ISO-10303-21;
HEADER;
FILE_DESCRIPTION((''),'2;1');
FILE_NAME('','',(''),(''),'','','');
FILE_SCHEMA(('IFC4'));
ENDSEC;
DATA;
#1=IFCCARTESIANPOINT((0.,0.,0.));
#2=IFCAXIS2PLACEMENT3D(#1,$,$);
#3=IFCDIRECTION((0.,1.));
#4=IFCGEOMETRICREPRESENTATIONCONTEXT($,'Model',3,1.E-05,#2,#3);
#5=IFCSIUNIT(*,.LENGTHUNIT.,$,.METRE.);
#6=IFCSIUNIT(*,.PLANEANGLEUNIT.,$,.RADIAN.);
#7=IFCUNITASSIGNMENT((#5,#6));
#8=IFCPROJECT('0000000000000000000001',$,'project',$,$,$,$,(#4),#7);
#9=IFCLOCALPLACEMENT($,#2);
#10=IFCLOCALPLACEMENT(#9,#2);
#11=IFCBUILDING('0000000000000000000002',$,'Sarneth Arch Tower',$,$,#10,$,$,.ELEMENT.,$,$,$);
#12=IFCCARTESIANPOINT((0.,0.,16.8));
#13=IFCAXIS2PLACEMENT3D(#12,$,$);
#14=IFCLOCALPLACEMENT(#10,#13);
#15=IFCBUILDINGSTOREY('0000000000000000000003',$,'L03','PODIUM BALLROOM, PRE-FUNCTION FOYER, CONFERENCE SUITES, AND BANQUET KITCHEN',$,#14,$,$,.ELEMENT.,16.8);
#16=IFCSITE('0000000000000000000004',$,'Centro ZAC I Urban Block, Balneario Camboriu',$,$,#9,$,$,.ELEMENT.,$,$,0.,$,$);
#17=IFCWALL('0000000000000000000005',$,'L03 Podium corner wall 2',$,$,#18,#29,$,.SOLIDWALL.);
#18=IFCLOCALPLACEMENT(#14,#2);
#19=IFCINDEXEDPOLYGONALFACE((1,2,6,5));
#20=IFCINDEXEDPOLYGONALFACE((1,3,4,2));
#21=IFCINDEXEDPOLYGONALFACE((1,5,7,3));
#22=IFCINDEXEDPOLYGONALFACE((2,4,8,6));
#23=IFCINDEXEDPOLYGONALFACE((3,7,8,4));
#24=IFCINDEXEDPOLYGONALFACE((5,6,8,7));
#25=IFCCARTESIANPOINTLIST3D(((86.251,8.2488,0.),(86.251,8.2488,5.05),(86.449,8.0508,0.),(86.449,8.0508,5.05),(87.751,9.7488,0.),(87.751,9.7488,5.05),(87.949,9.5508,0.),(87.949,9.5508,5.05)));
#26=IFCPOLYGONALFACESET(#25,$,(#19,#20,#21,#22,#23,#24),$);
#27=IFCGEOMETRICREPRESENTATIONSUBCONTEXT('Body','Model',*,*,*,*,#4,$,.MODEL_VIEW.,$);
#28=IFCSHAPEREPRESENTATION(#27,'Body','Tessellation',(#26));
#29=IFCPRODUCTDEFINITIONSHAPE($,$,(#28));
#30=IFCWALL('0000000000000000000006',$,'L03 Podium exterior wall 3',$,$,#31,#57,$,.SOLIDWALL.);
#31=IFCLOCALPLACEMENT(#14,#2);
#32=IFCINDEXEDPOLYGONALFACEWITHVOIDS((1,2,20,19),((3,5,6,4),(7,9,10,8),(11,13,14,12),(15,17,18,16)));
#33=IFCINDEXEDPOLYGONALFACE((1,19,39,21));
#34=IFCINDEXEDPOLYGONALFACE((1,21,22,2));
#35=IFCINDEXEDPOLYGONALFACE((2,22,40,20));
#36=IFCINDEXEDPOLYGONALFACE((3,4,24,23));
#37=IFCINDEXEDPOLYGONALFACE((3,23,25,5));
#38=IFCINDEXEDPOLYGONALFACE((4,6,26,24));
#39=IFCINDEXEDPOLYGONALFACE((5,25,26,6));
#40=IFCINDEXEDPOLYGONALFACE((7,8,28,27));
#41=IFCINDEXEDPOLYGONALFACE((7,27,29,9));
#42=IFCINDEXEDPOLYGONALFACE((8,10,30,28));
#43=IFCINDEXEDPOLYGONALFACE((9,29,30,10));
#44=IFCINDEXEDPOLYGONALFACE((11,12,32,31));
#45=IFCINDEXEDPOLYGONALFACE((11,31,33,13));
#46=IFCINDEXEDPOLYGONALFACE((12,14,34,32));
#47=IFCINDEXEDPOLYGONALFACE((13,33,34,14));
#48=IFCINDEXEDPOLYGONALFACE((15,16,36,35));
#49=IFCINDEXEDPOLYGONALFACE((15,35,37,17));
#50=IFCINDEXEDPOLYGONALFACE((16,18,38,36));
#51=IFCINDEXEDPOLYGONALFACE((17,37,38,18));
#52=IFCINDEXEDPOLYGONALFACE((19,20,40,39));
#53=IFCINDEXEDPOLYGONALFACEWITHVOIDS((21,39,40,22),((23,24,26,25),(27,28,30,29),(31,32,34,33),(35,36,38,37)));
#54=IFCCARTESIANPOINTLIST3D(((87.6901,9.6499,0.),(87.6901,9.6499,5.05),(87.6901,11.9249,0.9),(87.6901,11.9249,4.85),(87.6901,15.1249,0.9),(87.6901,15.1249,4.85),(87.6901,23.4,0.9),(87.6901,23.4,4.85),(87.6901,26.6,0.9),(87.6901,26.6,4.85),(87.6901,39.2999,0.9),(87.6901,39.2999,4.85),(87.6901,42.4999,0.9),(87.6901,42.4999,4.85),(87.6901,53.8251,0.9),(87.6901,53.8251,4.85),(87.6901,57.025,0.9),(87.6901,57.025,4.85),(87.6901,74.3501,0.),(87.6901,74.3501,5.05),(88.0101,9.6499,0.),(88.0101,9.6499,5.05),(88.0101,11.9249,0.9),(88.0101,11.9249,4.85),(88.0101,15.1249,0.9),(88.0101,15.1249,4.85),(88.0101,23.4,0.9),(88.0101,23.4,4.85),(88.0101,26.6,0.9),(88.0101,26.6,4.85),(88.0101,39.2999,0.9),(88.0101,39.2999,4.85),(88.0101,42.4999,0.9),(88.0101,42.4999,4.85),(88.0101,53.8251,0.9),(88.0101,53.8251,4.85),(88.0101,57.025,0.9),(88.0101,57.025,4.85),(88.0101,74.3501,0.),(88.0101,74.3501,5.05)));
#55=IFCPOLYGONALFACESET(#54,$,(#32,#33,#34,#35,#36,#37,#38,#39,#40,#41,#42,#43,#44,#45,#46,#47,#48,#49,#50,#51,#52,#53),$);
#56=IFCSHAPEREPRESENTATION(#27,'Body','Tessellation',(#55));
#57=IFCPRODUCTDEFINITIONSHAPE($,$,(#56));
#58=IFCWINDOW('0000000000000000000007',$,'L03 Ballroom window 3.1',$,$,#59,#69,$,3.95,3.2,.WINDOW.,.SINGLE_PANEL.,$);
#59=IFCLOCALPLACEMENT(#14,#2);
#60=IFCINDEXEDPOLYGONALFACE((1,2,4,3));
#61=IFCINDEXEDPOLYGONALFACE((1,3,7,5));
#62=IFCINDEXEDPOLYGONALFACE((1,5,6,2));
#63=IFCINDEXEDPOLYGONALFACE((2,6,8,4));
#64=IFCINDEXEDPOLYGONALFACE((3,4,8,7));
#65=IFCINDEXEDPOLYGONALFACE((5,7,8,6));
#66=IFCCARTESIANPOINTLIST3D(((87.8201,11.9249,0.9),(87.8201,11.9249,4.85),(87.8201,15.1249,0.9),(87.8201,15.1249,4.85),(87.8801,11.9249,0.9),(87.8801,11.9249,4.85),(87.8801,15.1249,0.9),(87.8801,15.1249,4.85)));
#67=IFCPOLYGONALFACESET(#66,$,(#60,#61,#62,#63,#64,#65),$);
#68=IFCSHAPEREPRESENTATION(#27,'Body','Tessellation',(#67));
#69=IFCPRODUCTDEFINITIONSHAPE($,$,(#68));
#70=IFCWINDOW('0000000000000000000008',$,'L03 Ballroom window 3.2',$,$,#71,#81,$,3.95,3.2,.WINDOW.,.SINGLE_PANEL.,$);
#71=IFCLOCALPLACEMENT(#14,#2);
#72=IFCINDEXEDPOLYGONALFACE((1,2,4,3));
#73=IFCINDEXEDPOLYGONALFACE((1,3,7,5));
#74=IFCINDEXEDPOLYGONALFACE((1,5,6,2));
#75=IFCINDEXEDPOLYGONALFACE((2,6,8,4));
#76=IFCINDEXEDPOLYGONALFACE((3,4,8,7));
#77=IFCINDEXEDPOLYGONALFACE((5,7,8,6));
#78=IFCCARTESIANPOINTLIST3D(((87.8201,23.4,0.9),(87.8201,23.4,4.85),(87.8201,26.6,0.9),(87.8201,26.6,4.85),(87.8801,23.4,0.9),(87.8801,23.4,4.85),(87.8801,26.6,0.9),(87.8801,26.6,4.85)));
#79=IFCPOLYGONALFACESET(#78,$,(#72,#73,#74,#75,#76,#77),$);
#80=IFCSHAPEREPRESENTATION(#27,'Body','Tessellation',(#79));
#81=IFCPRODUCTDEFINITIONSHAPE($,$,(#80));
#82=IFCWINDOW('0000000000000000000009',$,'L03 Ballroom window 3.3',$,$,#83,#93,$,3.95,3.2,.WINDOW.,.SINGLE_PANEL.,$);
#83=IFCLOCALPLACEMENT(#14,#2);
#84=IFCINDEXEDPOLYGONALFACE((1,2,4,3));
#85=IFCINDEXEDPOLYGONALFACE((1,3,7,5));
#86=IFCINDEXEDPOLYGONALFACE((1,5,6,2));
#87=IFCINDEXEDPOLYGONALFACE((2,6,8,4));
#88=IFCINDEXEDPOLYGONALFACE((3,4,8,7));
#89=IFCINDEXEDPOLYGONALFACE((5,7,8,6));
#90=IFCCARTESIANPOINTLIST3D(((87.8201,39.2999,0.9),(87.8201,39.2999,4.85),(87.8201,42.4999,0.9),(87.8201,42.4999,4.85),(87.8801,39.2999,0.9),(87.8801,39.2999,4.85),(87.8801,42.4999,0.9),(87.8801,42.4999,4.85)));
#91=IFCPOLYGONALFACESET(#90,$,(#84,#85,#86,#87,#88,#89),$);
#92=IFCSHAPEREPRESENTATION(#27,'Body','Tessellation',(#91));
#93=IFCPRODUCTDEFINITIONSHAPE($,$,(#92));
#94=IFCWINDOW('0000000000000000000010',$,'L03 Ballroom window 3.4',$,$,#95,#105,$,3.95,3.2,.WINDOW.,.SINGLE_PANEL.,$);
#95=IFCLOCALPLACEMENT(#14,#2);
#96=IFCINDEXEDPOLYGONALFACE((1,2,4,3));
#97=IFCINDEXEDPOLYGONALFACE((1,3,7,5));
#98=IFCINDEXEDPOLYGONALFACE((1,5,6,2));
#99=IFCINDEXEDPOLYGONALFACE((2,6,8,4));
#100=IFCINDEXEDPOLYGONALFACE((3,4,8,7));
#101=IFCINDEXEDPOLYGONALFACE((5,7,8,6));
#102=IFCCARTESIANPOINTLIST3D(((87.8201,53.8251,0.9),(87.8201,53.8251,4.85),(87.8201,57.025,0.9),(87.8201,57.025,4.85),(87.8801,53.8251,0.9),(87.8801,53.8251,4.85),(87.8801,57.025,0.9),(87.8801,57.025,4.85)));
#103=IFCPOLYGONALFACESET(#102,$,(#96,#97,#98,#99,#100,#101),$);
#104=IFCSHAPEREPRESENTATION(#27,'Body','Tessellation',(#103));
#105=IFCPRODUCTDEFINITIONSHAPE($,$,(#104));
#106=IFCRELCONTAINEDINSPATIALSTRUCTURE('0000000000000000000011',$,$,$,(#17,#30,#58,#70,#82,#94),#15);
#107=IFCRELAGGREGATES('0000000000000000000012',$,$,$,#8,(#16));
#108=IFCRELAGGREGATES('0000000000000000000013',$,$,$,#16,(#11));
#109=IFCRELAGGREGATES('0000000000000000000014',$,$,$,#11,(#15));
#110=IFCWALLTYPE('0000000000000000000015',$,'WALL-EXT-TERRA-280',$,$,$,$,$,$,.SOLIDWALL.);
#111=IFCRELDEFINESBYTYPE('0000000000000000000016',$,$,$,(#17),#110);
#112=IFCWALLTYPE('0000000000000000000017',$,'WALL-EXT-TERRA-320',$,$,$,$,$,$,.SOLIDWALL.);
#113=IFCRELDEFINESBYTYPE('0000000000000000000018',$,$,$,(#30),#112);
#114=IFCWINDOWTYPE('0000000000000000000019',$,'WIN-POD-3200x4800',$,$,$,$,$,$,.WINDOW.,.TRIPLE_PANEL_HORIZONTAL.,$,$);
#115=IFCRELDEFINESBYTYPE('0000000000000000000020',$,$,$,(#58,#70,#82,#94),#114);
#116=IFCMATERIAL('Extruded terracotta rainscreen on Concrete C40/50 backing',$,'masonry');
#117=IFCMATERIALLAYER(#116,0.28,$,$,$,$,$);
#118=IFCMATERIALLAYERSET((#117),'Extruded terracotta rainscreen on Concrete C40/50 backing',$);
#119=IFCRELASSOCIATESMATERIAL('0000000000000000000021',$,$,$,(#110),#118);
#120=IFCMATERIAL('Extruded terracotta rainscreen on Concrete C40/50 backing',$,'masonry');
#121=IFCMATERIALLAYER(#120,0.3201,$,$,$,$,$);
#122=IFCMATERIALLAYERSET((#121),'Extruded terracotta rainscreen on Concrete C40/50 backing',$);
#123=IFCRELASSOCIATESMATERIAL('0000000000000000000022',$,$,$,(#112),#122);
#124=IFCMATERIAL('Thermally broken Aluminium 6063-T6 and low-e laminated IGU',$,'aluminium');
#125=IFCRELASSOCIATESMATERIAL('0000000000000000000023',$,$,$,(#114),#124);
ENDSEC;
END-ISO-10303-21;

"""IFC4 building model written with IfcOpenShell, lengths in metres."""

from ifc_helpers import new_model, si_unit, direction, frame, frame_2d, origin, place, context, subcontext, project, spatial, rectangle, extrude, material, layer, layer_set, type_object, element, fill, save


model = new_model("IFC4")

# Units and contexts
model_context = context("Model", 3, precision=1e-05, world=origin(), true_north=direction((0.0, 1.0)))
body_context = subcontext(model_context, "Body", "Model", "MODEL_VIEW")
ifc_project = project(units=[si_unit("LENGTHUNIT", "METRE"), si_unit("PLANEANGLEUNIT", "RADIAN")], contexts=[model_context])

# Site, building, storey
site_placement = place(None, origin())
site = spatial("IfcSite", under=ifc_project, at=site_placement, Name="Centro ZAC I Urban Block, Balneario Camboriu", CompositionType="ELEMENT", RefElevation=0.0)
building_placement = place(site_placement, origin())
building = spatial("IfcBuilding", under=site, at=building_placement, Name="Sarneth Arch Tower", CompositionType="ELEMENT")
storey_placement = place(building_placement, frame((0.0, 0.0, 16.8)))
storey = spatial("IfcBuildingStorey", under=building, at=storey_placement, Name="L03", Description="PODIUM BALLROOM, PRE-FUNCTION FOYER, CONFERENCE SUITES, AND BANQUET KITCHEN", CompositionType="ELEMENT", Elevation=16.8)

# Wall
ifc_material_1 = material(Name="Extruded terracotta rainscreen on Concrete C40/50 backing", Category="masonry")
ifc_layer_1 = layer(ifc_material_1, 0.28)
ifc_layer_set_1 = layer_set([ifc_layer_1], Name="Extruded terracotta rainscreen on Concrete C40/50 backing")
wall_type_1 = type_object("IfcWallType", Name="WALL-EXT-TERRA-280", PredefinedType="SOLIDWALL", material=ifc_layer_set_1)
wall_1_placement = place(storey_placement, frame((86.3501, 8.1499, 0.0), z_axis=(0.0, 0.0, 1.0), x_axis=(0.707107, 0.707107, 0.0)))
element("IfcWall", 1, at=wall_1_placement, inside=storey, type_object=wall_type_1, Name="L03 Podium corner wall 2", PredefinedType="SOLIDWALL", context=body_context, shape_type="SweptSolid", body=[
    extrude(rectangle(XDim=2.1213, YDim=0.28, at=frame_2d((1.0605, 0.0))), origin(), (0.0, 0.0, 1.0), 5.05),
])

# Wall, openings, windows
ifc_material_2 = material(Name="Extruded terracotta rainscreen on Concrete C40/50 backing", Category="masonry")
ifc_layer_2 = layer(ifc_material_2, 0.3201)
ifc_layer_set_2 = layer_set([ifc_layer_2], Name="Extruded terracotta rainscreen on Concrete C40/50 backing")
wall_type_2 = type_object("IfcWallType", Name="WALL-EXT-TERRA-320", PredefinedType="SOLIDWALL", material=ifc_layer_set_2)
wall_2_placement = place(storey_placement, frame((87.8501, 9.6499, 0.0), z_axis=(0.0, 0.0, 1.0), x_axis=(0.0, 1.0, 0.0)))
wall_2 = element("IfcWall", 2, at=wall_2_placement, inside=storey, type_object=wall_type_2, Name="L03 Podium exterior wall 3", PredefinedType="SOLIDWALL", context=body_context, shape_type="SweptSolid", body=[
    extrude(rectangle(XDim=64.7002, YDim=0.3201, at=frame_2d((32.3501, 0.0))), origin(), (0.0, 0.0, 1.0), 5.05),
])
opening_1_placement = place(wall_2_placement, frame((2.2749, 0.0, 0.8999)))
opening_1 = element("IfcOpeningElement", 3, at=opening_1_placement, cuts=wall_2, PredefinedType="OPENING", context=body_context, shape_type="SweptSolid", body=[
    extrude(rectangle(XDim=3.2, YDim=3.95, at=frame_2d((1.6001, 1.9751))), frame((0.0, 0.1699, 0.0), z_axis=(0.0, -1.0, 0.0), x_axis=(1.0, 0.0, 0.0)), (0.0, 0.0, 1.0), 0.3401),
])
opening_2_placement = place(wall_2_placement, frame((13.75, 0.0, 0.8999)))
opening_2 = element("IfcOpeningElement", 4, at=opening_2_placement, cuts=wall_2, PredefinedType="OPENING", context=body_context, shape_type="SweptSolid", body=[
    extrude(rectangle(XDim=3.2, YDim=3.95, at=frame_2d((1.6001, 1.9751))), frame((0.0, 0.1699, 0.0), z_axis=(0.0, -1.0, 0.0), x_axis=(1.0, 0.0, 0.0)), (0.0, 0.0, 1.0), 0.3401),
])
opening_3_placement = place(wall_2_placement, frame((29.6499, 0.0, 0.8999)))
opening_3 = element("IfcOpeningElement", 5, at=opening_3_placement, cuts=wall_2, PredefinedType="OPENING", context=body_context, shape_type="SweptSolid", body=[
    extrude(rectangle(XDim=3.2, YDim=3.95, at=frame_2d((1.6001, 1.9751))), frame((0.0, 0.1699, 0.0), z_axis=(0.0, -1.0, 0.0), x_axis=(1.0, 0.0, 0.0)), (0.0, 0.0, 1.0), 0.3401),
])
opening_4_placement = place(wall_2_placement, frame((44.175, 0.0, 0.8999)))
opening_4 = element("IfcOpeningElement", 6, at=opening_4_placement, cuts=wall_2, PredefinedType="OPENING", context=body_context, shape_type="SweptSolid", body=[
    extrude(rectangle(XDim=3.2, YDim=3.95, at=frame_2d((1.6001, 1.9751))), frame((0.0, 0.1699, 0.0), z_axis=(0.0, -1.0, 0.0), x_axis=(1.0, 0.0, 0.0)), (0.0, 0.0, 1.0), 0.3401),
])
ifc_material_3 = material(Name="Thermally broken Aluminium 6063-T6 and low-e laminated IGU", Category="aluminium")
window_type = type_object("IfcWindowType", Name="WIN-POD-3200x4800", PartitioningType="TRIPLE_PANEL_HORIZONTAL", PredefinedType="WINDOW", material=ifc_material_3)
window_1_placement = place(opening_1_placement, origin())
window_1 = element("IfcWindow", 7, at=window_1_placement, inside=storey, type_object=window_type, Name="L03 Ballroom window 3.1", OverallHeight=3.95, OverallWidth=3.2, PartitioningType="SINGLE_PANEL", PredefinedType="WINDOW", context=body_context, shape_type="SweptSolid", body=[
    extrude(rectangle(XDim=3.2, YDim=3.95, at=frame_2d((1.6001, 1.9751))), frame((0.0, 0.03, 0.0), z_axis=(0.0, -1.0, 0.0), x_axis=(1.0, 0.0, 0.0)), (0.0, 0.0, 1.0), 0.0601),
])
fill(opening_1, window_1)
window_2_placement = place(opening_2_placement, origin())
window_2 = element("IfcWindow", 8, at=window_2_placement, inside=storey, type_object=window_type, Name="L03 Ballroom window 3.2", OverallHeight=3.95, OverallWidth=3.2, PartitioningType="SINGLE_PANEL", PredefinedType="WINDOW", context=body_context, shape_type="SweptSolid", body=[
    extrude(rectangle(XDim=3.2, YDim=3.95, at=frame_2d((1.6001, 1.9751))), frame((0.0, 0.03, 0.0), z_axis=(0.0, -1.0, 0.0), x_axis=(1.0, 0.0, 0.0)), (0.0, 0.0, 1.0), 0.0601),
])
fill(opening_2, window_2)
window_3_placement = place(opening_3_placement, origin())
window_3 = element("IfcWindow", 9, at=window_3_placement, inside=storey, type_object=window_type, Name="L03 Ballroom window 3.3", OverallHeight=3.95, OverallWidth=3.2, PartitioningType="SINGLE_PANEL", PredefinedType="WINDOW", context=body_context, shape_type="SweptSolid", body=[
    extrude(rectangle(XDim=3.2, YDim=3.95, at=frame_2d((1.6001, 1.9751))), frame((0.0, 0.03, 0.0), z_axis=(0.0, -1.0, 0.0), x_axis=(1.0, 0.0, 0.0)), (0.0, 0.0, 1.0), 0.0601),
])
fill(opening_3, window_3)
window_4_placement = place(opening_4_placement, origin())
window_4 = element("IfcWindow", 10, at=window_4_placement, inside=storey, type_object=window_type, Name="L03 Ballroom window 3.4", OverallHeight=3.95, OverallWidth=3.2, PartitioningType="SINGLE_PANEL", PredefinedType="WINDOW", context=body_context, shape_type="SweptSolid", body=[
    extrude(rectangle(XDim=3.2, YDim=3.95, at=frame_2d((1.6001, 1.9751))), frame((0.0, 0.03, 0.0), z_axis=(0.0, -1.0, 0.0), x_axis=(1.0, 0.0, 0.0)), (0.0, 0.0, 1.0), 0.0601),
])
fill(opening_4, window_4)

save(model, "model.ifc")
